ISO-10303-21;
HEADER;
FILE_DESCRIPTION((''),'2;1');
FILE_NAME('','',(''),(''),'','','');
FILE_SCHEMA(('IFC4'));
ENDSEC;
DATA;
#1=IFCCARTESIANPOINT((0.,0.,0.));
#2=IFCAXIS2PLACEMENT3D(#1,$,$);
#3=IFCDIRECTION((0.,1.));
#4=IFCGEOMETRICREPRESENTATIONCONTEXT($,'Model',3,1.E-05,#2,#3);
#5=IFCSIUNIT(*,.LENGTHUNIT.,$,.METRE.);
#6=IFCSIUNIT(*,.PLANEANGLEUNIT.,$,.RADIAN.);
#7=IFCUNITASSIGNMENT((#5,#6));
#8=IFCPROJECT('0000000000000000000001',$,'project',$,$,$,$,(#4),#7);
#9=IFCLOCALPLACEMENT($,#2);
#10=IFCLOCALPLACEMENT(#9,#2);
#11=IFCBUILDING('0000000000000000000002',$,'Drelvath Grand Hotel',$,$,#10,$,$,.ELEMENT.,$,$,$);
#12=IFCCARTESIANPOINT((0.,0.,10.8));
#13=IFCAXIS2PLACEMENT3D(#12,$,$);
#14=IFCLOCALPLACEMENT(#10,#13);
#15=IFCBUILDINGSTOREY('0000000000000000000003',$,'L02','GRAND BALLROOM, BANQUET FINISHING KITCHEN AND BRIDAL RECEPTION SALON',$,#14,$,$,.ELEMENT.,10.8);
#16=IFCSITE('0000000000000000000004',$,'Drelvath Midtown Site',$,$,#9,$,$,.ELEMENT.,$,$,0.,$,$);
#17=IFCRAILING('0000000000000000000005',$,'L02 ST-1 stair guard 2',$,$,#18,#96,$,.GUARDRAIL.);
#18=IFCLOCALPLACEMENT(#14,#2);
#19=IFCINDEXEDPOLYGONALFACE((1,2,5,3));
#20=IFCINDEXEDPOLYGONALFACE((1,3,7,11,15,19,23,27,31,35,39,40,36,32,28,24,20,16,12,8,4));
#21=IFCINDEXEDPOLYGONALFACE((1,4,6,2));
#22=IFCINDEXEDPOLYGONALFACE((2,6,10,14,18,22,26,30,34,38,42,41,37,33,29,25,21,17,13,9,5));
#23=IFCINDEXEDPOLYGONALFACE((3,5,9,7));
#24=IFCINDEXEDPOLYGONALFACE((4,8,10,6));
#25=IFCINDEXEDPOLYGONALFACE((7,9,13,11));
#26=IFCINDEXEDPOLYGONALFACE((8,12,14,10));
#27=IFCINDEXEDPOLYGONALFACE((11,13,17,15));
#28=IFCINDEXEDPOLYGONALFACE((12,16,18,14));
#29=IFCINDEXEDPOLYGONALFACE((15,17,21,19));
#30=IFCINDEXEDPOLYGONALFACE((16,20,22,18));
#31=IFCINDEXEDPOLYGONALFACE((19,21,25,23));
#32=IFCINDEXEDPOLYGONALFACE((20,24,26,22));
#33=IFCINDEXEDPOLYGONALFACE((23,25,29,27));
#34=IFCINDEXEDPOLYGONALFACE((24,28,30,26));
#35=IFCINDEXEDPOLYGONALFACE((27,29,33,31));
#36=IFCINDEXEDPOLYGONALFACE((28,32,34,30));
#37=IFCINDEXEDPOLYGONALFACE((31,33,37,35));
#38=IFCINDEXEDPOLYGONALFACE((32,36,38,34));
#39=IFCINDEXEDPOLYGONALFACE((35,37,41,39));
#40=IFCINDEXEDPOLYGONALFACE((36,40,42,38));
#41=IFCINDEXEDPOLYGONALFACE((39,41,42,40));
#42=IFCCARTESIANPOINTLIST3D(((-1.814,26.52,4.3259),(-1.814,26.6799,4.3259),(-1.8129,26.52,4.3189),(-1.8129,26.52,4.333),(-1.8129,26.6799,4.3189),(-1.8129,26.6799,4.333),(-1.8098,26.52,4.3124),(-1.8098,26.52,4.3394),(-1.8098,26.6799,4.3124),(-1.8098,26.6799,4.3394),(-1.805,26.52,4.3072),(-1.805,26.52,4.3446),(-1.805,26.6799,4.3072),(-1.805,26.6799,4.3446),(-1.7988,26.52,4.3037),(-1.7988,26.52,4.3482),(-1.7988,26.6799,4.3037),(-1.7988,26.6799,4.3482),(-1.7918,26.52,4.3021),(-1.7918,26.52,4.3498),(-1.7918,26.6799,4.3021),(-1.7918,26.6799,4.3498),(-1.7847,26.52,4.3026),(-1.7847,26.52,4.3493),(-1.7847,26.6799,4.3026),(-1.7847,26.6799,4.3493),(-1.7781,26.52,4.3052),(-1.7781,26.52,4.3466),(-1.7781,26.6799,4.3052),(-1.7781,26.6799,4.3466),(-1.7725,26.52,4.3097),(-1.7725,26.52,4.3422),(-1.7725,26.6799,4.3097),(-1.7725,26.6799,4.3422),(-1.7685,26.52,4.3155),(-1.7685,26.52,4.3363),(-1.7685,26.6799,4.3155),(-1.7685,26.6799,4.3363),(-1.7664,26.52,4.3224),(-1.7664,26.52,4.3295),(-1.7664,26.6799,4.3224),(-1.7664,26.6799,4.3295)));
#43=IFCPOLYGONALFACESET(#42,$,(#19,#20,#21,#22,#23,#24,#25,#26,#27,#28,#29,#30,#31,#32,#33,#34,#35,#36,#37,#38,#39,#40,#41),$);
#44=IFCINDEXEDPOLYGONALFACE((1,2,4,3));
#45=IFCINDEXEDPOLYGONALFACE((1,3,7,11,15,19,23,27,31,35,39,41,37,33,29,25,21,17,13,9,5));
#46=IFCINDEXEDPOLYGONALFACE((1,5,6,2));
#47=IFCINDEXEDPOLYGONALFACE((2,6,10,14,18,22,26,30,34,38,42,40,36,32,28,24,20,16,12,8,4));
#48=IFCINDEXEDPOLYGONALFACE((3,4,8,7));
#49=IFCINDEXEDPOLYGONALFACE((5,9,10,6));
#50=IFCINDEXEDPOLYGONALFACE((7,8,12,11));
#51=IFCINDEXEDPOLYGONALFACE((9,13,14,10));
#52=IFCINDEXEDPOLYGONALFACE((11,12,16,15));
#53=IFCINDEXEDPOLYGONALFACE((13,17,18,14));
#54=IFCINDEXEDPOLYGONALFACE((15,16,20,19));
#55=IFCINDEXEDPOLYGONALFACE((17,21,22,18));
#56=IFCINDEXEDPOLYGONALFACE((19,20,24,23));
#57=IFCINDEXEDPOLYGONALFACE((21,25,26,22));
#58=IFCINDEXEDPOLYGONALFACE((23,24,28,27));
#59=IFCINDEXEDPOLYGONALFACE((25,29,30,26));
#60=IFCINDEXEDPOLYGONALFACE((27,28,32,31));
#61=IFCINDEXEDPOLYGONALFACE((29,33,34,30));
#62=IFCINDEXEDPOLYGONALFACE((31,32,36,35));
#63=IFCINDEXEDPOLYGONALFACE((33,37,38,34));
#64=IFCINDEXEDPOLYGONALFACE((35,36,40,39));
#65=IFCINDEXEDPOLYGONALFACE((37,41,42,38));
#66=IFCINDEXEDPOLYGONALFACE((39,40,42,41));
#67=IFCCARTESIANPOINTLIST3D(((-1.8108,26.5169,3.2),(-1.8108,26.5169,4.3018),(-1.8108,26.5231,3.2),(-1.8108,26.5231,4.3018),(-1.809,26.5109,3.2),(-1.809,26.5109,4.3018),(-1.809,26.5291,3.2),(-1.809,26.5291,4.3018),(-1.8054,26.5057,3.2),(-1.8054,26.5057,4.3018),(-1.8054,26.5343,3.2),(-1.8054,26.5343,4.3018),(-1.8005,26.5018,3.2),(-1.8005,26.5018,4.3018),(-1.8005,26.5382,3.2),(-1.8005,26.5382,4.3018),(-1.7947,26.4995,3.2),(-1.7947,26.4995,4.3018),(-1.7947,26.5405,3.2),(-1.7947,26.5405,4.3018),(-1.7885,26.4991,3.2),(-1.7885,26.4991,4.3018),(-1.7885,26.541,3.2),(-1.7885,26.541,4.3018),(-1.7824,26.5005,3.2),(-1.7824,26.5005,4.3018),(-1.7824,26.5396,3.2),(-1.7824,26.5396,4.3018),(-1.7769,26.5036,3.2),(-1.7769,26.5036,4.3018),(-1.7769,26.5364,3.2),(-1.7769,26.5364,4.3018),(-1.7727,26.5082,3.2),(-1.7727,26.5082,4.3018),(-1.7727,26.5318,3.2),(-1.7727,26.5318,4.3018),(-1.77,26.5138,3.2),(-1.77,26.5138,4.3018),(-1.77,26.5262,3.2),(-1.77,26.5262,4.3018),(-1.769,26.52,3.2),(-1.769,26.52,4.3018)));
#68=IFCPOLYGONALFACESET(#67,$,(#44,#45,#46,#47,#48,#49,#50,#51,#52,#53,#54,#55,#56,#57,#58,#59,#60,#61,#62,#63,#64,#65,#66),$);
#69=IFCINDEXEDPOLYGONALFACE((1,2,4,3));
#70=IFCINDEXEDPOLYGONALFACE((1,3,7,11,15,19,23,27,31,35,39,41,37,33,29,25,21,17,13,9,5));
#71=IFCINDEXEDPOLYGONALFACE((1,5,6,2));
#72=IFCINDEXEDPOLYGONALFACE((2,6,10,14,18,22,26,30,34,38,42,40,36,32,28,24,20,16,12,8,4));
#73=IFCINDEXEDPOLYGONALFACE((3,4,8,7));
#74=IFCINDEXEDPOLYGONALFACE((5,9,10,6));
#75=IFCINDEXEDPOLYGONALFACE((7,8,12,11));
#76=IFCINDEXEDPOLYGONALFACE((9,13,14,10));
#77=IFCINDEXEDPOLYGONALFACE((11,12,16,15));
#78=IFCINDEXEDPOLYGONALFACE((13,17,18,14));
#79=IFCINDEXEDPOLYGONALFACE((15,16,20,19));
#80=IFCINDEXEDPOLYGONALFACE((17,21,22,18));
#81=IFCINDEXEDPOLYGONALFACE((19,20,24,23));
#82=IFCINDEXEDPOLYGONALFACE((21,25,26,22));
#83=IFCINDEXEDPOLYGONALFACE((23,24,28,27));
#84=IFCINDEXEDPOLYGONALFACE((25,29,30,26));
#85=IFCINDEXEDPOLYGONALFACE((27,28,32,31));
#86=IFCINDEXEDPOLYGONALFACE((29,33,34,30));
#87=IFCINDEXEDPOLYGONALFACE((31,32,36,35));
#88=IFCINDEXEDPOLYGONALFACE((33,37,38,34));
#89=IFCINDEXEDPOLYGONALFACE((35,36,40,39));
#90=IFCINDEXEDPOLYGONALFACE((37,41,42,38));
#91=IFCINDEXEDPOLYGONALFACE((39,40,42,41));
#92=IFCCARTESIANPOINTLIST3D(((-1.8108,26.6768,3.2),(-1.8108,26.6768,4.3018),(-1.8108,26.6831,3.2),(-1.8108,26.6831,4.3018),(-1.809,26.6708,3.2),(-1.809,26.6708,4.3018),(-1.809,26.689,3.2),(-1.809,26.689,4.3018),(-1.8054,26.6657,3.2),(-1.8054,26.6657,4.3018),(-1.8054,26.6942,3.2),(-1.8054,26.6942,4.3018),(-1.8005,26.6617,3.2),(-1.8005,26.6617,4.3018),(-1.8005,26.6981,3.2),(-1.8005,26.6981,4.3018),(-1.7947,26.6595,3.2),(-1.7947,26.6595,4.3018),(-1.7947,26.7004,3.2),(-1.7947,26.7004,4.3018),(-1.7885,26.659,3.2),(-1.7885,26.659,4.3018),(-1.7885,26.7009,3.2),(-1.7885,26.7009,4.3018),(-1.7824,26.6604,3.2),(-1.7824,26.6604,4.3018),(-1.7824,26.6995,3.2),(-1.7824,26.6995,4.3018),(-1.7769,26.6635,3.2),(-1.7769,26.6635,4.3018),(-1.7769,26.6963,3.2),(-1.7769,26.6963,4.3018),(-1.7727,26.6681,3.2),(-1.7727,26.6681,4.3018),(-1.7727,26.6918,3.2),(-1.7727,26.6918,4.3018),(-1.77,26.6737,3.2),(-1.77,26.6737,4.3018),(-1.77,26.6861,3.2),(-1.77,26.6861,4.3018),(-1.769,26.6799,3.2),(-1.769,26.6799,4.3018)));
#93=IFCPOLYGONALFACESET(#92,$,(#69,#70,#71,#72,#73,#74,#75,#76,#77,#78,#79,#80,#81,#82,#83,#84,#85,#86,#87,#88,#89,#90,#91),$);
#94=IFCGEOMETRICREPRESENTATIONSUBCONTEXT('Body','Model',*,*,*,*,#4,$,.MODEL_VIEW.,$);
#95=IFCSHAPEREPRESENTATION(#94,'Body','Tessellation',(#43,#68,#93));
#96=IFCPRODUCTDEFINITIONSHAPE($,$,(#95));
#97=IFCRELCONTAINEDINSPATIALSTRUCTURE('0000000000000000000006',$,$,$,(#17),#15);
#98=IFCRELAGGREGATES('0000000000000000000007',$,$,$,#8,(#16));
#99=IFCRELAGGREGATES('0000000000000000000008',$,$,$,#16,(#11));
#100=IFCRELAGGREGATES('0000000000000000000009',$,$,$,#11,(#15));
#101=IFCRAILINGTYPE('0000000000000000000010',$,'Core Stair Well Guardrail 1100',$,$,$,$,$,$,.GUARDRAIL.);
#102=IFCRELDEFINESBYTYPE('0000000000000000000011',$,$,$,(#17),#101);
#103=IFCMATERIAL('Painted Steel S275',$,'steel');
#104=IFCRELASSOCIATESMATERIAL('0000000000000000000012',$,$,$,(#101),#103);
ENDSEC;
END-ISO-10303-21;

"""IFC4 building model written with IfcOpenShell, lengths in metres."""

from ifc_helpers import new_model, si_unit, direction, frame, origin, origin_2d, place, context, subcontext, project, spatial, circle, extrude, material, type_object, element, save


model = new_model("IFC4")

# Units and contexts
model_context = context("Model", 3, precision=1e-05, world=origin(), true_north=direction((0.0, 1.0)))
body_context = subcontext(model_context, "Body", "Model", "MODEL_VIEW")
ifc_project = project(units=[si_unit("LENGTHUNIT", "METRE"), si_unit("PLANEANGLEUNIT", "RADIAN")], contexts=[model_context])

# Site, building, storey
site_placement = place(None, origin())
site = spatial("IfcSite", under=ifc_project, at=site_placement, Name="Drelvath Midtown Site", CompositionType="ELEMENT", RefElevation=0.0)
building_placement = place(site_placement, origin())
building = spatial("IfcBuilding", under=site, at=building_placement, Name="Drelvath Grand Hotel", CompositionType="ELEMENT")
storey_placement = place(building_placement, frame((0.0, 0.0, 10.8)))
storey = spatial("IfcBuildingStorey", under=building, at=storey_placement, Name="L02", Description="GRAND BALLROOM, BANQUET FINISHING KITCHEN AND BRIDAL RECEPTION SALON", CompositionType="ELEMENT", Elevation=10.8)

# Shared definitions
ifc_material_1 = material(Name="Painted Steel S275", Category="steel")

# Railing
railing_type_1 = type_object("IfcRailingType", Name="Core Stair Well Guardrail 1100", PredefinedType="GUARDRAIL", material=ifc_material_1)
railing_1_placement = place(storey_placement, frame((-1.79, 26.52, 3.2)))
element("IfcRailing", 1, at=railing_1_placement, inside=storey, type_object=railing_type_1, Name="L02 ST-1 stair guard 2", PredefinedType="GUARDRAIL", context=body_context, shape_type="SweptSolid", body=[
    extrude(circle(Radius=0.0239, at=origin_2d()), frame((0.0, 0.0, 1.126), z_axis=(0.0, 1.0, 0.0), x_axis=(-1.0, 0.0, 0.0)), (0.0, 0.0, 1.0), 0.1599),
    extrude(circle(Radius=0.021, at=origin_2d()), origin(), (0.0, 0.0, 1.0), 1.1018),
    extrude(circle(Radius=0.021, at=origin_2d()), frame((0.0, 0.1599, 0.0)), (0.0, 0.0, 1.0), 1.1018),
])

save(model, "model.ifc")
